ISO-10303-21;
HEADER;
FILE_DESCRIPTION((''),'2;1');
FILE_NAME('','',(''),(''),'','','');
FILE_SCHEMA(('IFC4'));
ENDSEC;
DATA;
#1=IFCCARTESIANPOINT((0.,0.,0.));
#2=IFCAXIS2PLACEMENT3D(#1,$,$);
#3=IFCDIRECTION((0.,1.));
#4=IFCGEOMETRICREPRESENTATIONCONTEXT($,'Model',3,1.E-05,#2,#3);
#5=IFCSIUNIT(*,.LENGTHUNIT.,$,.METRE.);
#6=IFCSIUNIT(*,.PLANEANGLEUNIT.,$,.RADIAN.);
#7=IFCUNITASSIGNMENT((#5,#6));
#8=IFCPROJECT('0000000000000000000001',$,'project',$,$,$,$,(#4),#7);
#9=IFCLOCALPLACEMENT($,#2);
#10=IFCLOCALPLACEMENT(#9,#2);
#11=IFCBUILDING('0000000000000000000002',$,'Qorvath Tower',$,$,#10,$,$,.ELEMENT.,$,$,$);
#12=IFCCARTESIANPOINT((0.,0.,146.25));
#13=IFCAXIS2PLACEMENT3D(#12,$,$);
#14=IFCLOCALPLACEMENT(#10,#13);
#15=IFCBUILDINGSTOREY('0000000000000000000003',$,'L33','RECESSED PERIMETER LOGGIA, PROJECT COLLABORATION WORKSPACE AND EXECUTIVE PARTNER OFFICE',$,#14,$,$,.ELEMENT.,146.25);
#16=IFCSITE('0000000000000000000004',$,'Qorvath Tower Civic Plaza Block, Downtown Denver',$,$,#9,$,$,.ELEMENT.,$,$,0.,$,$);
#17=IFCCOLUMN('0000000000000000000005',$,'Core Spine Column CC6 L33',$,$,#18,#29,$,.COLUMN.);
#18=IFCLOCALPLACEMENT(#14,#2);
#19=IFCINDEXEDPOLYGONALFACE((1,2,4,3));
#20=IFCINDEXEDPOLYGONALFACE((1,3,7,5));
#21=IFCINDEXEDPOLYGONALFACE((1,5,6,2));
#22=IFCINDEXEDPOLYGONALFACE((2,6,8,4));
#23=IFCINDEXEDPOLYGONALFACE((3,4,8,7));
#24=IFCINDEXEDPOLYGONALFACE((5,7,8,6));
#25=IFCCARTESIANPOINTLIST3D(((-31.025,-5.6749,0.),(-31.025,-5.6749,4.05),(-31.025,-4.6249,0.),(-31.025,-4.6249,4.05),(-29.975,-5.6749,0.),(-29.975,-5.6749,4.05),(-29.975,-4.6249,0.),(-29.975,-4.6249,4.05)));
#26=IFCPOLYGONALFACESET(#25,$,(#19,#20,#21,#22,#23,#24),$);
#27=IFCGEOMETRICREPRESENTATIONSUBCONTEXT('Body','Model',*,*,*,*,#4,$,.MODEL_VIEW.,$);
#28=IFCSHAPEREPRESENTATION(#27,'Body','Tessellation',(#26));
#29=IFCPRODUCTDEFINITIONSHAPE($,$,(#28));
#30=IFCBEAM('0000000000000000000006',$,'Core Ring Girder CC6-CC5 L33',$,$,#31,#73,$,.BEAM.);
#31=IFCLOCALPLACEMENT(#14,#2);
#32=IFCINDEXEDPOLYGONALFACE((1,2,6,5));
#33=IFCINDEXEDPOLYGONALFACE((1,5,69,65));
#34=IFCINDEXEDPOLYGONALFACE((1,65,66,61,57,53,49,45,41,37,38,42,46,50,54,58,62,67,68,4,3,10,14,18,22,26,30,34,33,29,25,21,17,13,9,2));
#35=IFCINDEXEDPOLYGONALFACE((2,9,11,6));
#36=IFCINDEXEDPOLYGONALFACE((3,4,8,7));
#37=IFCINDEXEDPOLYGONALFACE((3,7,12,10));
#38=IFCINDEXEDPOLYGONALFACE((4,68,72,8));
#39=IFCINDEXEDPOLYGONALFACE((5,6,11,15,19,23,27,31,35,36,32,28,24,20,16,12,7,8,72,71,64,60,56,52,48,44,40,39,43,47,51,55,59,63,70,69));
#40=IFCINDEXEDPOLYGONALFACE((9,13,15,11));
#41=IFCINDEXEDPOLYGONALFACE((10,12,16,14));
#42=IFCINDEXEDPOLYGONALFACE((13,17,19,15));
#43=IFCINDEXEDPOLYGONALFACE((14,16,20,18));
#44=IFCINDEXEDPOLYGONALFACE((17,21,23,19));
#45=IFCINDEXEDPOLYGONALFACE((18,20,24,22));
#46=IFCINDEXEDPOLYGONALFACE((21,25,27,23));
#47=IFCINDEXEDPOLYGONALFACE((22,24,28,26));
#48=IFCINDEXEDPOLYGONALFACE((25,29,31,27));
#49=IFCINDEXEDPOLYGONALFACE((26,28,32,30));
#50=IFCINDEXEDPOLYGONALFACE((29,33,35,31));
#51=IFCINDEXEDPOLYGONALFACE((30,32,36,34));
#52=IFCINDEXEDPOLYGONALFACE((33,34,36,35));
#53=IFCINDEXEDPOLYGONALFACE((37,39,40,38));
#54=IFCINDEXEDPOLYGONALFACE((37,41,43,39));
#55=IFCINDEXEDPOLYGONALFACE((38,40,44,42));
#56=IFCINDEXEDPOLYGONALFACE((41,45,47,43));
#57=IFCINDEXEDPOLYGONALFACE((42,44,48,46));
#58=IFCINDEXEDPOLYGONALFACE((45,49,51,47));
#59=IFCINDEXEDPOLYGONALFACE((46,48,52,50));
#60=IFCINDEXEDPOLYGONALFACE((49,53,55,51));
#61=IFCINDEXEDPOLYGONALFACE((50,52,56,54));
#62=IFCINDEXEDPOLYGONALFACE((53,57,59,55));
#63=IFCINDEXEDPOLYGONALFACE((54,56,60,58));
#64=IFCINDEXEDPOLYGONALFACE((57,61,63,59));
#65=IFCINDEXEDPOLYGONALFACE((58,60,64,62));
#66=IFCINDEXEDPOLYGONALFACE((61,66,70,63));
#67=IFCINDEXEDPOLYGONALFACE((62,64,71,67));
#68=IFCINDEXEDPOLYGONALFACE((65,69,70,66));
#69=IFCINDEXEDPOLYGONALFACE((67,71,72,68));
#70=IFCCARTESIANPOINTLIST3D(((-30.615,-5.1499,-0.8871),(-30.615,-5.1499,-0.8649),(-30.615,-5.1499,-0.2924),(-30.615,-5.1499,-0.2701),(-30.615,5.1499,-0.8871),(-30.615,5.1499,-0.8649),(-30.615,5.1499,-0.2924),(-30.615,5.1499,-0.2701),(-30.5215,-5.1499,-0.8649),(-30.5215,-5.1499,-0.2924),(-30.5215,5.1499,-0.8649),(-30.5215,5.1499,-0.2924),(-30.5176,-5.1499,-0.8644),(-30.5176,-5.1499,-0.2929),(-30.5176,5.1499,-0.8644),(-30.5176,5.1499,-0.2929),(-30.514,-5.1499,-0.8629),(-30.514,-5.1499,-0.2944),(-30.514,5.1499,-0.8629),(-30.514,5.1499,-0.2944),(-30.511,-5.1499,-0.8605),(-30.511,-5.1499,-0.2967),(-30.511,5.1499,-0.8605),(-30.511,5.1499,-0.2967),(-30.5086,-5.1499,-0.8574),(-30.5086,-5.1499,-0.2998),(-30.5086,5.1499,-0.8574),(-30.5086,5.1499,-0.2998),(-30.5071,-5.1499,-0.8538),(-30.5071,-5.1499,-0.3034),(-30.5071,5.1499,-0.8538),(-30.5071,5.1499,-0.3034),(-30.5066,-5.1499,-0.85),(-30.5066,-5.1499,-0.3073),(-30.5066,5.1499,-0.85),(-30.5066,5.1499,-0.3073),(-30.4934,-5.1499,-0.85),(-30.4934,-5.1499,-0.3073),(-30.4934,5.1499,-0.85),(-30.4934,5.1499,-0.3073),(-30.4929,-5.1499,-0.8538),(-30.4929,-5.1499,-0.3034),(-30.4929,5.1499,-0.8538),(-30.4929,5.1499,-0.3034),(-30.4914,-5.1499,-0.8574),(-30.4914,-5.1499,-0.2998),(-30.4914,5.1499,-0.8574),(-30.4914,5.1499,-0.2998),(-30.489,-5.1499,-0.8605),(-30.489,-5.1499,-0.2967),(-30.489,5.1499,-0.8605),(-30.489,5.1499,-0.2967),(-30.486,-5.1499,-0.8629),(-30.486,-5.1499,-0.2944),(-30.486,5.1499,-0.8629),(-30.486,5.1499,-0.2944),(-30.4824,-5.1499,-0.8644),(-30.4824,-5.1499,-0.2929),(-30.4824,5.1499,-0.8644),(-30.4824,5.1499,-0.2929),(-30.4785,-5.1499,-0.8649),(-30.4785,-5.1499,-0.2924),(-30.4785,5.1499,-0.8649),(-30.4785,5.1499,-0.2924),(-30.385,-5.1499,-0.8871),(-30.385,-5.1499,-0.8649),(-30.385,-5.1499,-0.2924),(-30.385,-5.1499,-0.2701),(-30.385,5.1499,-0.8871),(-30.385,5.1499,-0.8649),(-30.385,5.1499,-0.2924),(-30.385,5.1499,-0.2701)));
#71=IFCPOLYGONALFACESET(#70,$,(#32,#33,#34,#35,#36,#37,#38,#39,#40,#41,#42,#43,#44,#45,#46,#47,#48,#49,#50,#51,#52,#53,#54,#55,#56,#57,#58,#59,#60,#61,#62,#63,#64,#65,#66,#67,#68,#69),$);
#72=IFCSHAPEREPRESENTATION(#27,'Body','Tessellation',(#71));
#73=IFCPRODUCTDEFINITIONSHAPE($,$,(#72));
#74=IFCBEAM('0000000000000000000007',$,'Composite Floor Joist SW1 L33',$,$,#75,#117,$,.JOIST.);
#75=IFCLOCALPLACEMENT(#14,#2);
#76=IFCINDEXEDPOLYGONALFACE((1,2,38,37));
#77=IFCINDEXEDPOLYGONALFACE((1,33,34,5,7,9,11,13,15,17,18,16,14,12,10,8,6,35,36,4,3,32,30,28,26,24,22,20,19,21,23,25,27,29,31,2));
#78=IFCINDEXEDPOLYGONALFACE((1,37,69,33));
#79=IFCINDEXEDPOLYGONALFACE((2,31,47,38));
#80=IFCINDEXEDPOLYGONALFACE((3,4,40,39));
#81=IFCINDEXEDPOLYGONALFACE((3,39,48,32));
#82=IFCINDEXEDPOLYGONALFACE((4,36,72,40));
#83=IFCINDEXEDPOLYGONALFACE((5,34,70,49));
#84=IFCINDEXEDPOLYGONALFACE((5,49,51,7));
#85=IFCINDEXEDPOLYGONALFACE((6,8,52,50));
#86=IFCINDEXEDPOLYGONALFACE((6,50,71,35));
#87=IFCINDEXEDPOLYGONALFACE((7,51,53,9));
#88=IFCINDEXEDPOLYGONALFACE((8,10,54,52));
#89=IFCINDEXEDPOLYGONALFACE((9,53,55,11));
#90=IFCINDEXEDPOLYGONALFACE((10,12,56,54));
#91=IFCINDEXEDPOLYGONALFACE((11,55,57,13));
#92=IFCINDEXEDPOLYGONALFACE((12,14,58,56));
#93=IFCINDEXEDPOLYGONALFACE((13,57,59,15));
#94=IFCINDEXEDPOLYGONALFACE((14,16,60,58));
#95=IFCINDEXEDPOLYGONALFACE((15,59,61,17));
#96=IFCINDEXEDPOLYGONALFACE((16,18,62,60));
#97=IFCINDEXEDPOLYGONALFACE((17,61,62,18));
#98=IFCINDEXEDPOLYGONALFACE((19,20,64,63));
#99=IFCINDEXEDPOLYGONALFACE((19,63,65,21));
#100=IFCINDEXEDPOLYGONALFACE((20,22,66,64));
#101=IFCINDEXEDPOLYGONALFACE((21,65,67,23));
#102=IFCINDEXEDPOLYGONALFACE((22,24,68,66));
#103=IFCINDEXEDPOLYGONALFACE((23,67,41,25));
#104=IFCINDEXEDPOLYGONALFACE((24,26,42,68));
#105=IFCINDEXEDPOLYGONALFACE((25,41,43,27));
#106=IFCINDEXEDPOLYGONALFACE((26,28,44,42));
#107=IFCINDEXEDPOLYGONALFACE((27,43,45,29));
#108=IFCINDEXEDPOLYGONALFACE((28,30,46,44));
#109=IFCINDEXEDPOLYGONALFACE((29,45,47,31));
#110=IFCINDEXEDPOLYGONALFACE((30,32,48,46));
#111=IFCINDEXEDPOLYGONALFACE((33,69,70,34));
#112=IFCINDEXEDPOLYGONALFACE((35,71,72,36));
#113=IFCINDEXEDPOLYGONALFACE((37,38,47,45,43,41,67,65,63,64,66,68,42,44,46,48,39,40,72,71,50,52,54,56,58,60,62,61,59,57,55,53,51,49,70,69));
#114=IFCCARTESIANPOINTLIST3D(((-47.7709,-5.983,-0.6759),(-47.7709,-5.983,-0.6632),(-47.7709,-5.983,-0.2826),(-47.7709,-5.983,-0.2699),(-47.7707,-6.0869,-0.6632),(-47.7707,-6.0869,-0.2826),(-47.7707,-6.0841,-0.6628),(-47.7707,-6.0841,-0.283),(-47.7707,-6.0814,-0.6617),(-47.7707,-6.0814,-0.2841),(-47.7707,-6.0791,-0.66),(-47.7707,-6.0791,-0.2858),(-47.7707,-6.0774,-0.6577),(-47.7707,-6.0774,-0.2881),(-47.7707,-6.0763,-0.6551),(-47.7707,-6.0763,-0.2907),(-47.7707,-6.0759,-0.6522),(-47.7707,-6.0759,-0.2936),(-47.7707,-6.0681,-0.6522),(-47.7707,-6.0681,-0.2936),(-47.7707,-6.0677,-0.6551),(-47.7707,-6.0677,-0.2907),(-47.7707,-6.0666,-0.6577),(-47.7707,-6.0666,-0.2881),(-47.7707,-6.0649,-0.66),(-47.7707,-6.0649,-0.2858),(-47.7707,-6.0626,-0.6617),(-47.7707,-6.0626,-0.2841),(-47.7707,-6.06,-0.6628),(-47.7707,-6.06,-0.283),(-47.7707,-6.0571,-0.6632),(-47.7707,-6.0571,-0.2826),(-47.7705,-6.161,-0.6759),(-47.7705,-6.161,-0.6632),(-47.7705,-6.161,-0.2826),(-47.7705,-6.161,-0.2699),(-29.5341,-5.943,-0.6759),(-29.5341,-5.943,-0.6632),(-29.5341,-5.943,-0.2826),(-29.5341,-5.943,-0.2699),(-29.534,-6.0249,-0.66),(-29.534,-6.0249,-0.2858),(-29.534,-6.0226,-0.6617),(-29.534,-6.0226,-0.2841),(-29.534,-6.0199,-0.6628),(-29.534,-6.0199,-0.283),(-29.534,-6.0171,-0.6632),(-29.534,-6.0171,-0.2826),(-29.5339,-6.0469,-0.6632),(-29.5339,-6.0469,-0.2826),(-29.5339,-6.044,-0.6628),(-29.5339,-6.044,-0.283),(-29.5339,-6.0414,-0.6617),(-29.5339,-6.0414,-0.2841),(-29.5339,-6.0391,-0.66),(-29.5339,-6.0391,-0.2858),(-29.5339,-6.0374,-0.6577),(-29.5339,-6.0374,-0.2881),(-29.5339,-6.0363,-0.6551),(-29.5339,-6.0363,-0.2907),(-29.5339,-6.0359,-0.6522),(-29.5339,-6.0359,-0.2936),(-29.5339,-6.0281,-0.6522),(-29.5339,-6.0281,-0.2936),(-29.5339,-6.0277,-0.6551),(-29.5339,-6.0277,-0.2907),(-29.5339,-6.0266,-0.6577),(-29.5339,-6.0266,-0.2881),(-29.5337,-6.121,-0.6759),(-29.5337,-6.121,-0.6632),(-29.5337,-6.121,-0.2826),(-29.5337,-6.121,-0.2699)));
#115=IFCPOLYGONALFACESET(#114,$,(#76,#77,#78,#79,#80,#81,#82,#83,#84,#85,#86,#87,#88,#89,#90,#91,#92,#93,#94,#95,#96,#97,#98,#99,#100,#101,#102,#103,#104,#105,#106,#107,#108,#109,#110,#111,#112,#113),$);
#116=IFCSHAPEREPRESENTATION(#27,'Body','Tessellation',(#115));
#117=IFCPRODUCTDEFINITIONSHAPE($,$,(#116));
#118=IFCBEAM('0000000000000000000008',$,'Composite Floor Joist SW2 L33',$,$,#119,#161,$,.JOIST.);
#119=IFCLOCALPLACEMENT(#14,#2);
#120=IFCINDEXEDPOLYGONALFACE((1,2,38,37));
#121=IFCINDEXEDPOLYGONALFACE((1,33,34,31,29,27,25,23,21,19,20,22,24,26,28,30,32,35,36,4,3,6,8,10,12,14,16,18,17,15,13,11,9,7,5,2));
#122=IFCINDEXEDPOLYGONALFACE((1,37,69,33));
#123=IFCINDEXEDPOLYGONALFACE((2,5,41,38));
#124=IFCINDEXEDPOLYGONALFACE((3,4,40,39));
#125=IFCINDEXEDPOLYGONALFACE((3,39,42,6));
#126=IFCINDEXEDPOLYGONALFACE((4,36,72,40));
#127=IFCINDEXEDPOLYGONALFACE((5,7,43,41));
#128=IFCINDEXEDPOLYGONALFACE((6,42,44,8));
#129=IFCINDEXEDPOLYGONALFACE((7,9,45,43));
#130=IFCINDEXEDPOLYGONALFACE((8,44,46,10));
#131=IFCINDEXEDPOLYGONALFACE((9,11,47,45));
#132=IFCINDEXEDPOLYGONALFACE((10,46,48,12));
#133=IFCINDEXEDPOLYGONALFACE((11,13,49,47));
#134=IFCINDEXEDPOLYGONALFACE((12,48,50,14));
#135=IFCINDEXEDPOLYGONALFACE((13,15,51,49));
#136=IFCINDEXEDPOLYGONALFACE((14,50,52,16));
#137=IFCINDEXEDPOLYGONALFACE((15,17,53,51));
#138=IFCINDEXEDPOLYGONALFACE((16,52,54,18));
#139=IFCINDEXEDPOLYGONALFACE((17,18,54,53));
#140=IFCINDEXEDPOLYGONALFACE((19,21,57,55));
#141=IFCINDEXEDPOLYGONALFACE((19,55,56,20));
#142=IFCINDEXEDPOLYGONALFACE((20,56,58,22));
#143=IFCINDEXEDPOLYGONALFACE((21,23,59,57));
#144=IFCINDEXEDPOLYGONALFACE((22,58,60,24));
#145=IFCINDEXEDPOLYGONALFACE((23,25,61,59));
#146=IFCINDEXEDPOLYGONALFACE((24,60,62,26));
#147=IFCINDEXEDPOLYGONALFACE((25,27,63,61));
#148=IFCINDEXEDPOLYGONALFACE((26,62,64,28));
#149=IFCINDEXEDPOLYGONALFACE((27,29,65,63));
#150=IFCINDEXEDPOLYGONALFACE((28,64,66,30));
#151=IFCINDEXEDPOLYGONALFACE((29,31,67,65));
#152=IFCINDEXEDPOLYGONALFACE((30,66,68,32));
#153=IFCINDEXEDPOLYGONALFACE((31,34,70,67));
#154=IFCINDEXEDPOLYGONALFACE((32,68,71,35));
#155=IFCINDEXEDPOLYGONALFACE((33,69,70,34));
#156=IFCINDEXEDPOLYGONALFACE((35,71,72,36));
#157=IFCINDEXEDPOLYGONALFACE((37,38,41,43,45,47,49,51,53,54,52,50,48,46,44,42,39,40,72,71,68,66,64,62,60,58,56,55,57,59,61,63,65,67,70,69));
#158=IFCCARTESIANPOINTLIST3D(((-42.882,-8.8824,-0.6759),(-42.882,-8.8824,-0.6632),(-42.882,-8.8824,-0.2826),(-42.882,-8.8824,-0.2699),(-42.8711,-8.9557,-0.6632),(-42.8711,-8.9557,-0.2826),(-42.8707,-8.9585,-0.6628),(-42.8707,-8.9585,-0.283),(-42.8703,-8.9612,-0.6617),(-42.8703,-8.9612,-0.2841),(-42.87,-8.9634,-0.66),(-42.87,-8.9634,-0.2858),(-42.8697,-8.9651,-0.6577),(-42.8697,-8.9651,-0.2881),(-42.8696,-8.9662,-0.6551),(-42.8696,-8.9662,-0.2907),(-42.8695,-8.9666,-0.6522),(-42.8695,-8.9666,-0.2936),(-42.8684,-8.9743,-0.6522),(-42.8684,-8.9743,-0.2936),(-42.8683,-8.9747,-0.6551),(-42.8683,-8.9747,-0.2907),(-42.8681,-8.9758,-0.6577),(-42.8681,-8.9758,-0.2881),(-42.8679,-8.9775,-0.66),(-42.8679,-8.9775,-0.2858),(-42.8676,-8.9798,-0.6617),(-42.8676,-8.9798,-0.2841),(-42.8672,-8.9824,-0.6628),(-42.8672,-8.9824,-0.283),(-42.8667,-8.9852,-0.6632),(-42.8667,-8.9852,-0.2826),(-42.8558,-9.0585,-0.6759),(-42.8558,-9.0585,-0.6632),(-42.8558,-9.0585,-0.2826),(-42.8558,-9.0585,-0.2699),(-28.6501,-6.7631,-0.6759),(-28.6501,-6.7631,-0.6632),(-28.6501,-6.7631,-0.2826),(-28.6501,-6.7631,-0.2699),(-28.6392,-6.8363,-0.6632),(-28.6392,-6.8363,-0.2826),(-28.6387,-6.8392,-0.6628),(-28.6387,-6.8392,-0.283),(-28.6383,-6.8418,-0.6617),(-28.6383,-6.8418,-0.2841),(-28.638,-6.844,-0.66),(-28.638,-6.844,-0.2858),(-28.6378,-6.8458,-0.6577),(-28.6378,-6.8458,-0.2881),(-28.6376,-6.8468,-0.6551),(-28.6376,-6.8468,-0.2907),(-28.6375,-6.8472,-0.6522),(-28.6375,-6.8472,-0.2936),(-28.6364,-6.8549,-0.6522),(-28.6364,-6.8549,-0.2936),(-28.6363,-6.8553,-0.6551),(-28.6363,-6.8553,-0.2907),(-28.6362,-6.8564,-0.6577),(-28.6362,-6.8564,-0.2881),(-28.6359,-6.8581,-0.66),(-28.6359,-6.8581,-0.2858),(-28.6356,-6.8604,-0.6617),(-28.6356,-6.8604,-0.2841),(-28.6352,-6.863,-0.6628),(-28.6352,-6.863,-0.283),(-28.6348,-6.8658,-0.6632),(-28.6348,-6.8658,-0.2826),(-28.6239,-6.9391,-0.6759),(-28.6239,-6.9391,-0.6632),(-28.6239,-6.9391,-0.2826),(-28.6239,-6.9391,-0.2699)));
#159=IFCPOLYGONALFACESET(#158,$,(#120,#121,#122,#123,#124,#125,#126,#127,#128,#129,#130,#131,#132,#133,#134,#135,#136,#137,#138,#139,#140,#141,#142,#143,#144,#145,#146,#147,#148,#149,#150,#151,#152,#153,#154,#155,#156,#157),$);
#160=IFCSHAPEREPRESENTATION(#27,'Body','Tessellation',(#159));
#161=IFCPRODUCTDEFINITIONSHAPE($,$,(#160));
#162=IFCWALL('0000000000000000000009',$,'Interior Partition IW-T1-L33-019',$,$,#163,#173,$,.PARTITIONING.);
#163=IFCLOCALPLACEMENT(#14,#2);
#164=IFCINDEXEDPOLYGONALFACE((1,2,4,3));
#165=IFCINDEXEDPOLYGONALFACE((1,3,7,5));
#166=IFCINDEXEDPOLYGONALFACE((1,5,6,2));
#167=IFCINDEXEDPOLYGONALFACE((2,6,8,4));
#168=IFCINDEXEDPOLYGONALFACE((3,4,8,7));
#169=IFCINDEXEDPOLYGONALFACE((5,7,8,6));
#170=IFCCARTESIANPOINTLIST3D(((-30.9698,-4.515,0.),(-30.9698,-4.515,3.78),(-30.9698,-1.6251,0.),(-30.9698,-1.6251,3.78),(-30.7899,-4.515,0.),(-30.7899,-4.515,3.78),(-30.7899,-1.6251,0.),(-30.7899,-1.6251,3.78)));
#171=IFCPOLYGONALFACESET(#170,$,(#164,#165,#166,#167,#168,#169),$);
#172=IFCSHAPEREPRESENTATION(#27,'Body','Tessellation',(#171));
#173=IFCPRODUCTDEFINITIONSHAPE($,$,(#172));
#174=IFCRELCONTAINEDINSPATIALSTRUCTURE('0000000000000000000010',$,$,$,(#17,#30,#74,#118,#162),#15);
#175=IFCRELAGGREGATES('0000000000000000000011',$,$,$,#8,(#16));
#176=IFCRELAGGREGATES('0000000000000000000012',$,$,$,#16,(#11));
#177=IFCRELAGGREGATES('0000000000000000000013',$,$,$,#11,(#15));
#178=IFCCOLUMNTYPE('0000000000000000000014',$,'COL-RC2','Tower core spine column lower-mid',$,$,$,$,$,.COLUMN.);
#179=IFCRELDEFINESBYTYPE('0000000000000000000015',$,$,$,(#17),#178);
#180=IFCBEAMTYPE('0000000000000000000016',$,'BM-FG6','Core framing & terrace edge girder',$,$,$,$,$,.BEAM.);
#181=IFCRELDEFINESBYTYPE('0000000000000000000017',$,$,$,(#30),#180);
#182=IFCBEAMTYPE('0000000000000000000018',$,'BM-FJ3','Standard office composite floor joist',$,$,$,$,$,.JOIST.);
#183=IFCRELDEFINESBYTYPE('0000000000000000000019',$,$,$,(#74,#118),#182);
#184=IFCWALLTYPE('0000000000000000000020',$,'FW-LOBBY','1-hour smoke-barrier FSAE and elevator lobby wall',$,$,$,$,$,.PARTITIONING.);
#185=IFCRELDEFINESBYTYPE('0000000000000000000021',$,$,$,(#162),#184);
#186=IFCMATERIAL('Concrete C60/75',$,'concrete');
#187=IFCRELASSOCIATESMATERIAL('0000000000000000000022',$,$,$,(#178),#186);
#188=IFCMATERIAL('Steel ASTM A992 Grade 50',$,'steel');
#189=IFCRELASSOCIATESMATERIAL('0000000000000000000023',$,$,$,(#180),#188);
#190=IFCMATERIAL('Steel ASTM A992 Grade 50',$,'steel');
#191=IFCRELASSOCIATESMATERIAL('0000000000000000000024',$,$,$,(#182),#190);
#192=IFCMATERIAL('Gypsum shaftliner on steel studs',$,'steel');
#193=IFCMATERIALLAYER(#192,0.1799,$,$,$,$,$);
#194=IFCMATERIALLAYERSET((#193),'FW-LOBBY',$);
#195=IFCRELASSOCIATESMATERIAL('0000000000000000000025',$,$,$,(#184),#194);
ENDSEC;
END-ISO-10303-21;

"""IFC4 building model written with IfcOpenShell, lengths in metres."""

from ifc_helpers import new_model, si_unit, direction, frame, frame_2d, origin, origin_2d, place, context, subcontext, project, spatial, rectangle, i_section, extrude, material, layer, layer_set, material_profile, profile_set, type_object, element, save


model = new_model("IFC4")

# Units and contexts
model_context = context("Model", 3, precision=1e-05, world=origin(), true_north=direction((0.0, 1.0)))
body_context = subcontext(model_context, "Body", "Model", "MODEL_VIEW")
ifc_project = project(units=[si_unit("LENGTHUNIT", "METRE"), si_unit("PLANEANGLEUNIT", "RADIAN")], contexts=[model_context])

# Site, building, storey
site_placement = place(None, origin())
site = spatial("IfcSite", under=ifc_project, at=site_placement, Name="Qorvath Tower Civic Plaza Block, Downtown Denver", CompositionType="ELEMENT", RefElevation=0.0)
building_placement = place(site_placement, origin())
building = spatial("IfcBuilding", under=site, at=building_placement, Name="Qorvath Tower", CompositionType="ELEMENT")
storey_placement = place(building_placement, frame((0.0, 0.0, 146.25)))
storey = spatial("IfcBuildingStorey", under=building, at=storey_placement, Name="L33", Description="RECESSED PERIMETER LOGGIA, PROJECT COLLABORATION WORKSPACE AND EXECUTIVE PARTNER OFFICE", CompositionType="ELEMENT", Elevation=146.25)

# Column
ifc_material_1 = material(Name="Concrete C60/75", Category="concrete")
ifc_material_profile_1 = material_profile(ifc_material_1, rectangle(XDim=1.05, YDim=1.05, at=origin_2d()), Name="RC 1050x1050")
ifc_profile_set_1 = profile_set([ifc_material_profile_1], Name="Concrete C60/75")
column_type = type_object("IfcColumnType", Name="COL-RC2", Description="Tower core spine column lower-mid", PredefinedType="COLUMN", material=ifc_profile_set_1)
column_placement = place(storey_placement, frame((-30.5, -5.1499, 0.0), z_axis=(0.0, 0.0, 1.0), x_axis=(1.0, 0.0, 0.0)))
element("IfcColumn", 1, at=column_placement, inside=storey, type_object=column_type, Name="Core Spine Column CC6 L33", PredefinedType="COLUMN", context=body_context, shape_type="SweptSolid", body=[
    extrude(rectangle(XDim=1.05, YDim=1.05, at=origin_2d()), origin(), (0.0, 0.0, 1.0), 4.05),
])

# Beams
ifc_material_2 = material(Name="Steel ASTM A992 Grade 50", Category="steel")
ifc_material_profile_2 = material_profile(ifc_material_2, i_section(OverallWidth=0.23, OverallDepth=0.6169, WebThickness=0.0132, FlangeThickness=0.0222, FilletRadius=0.0149, at=origin_2d()), Name="W24x94")
ifc_profile_set_2 = profile_set([ifc_material_profile_2], Name="Steel ASTM A992 Grade 50")
beam_type_1 = type_object("IfcBeamType", Name="BM-FG6", Description="Core framing & terrace edge girder", PredefinedType="BEAM", material=ifc_profile_set_2)
beam_1_placement = place(storey_placement, frame((-30.5, -5.1499, -0.5786), z_axis=(0.0, 1.0, 0.0), x_axis=(-1.0, 0.0, 0.0)))
element("IfcBeam", 2, at=beam_1_placement, inside=storey, type_object=beam_type_1, Name="Core Ring Girder CC6-CC5 L33", PredefinedType="BEAM", context=body_context, shape_type="SweptSolid", body=[
    extrude(i_section(OverallWidth=0.23, OverallDepth=0.6169, WebThickness=0.0132, FlangeThickness=0.0222, FilletRadius=0.0149, at=origin_2d()), origin(), (0.0, 0.0, 1.0), 10.2998),
])
ifc_material_3 = material(Name="Steel ASTM A992 Grade 50", Category="steel")
ifc_material_profile_3 = material_profile(ifc_material_3, i_section(OverallWidth=0.178, OverallDepth=0.406, WebThickness=0.0078, FlangeThickness=0.0127, FilletRadius=0.011, at=origin_2d()), Name="W16x40")
ifc_profile_set_3 = profile_set([ifc_material_profile_3], Name="Steel ASTM A992 Grade 50")
beam_type_2 = type_object("IfcBeamType", Name="BM-FJ3", Description="Standard office composite floor joist", PredefinedType="JOIST", material=ifc_profile_set_3)
beam_2_placement = place(storey_placement, frame((-29.5339, -6.032, -0.4729), z_axis=(-0.999998, -0.002196, 0.0), x_axis=(0.002196, -0.999998, 0.0)))
element("IfcBeam", 3, at=beam_2_placement, inside=storey, type_object=beam_type_2, Name="Composite Floor Joist SW1 L33", PredefinedType="JOIST", context=body_context, shape_type="SweptSolid", body=[
    extrude(i_section(OverallWidth=0.178, OverallDepth=0.406, WebThickness=0.0078, FlangeThickness=0.0127, FilletRadius=0.011, at=origin_2d()), origin(), (0.0, 0.0, 1.0), 18.2368),
])
beam_3_placement = place(storey_placement, frame((-28.637, -6.8511, -0.4729), z_axis=(-0.989093, -0.147293, 0.0), x_axis=(0.147293, -0.989093, 0.0)))
element("IfcBeam", 4, at=beam_3_placement, inside=storey, type_object=beam_type_2, Name="Composite Floor Joist SW2 L33", PredefinedType="JOIST", context=body_context, shape_type="SweptSolid", body=[
    extrude(i_section(OverallWidth=0.178, OverallDepth=0.406, WebThickness=0.0078, FlangeThickness=0.0127, FilletRadius=0.011, at=origin_2d()), origin(), (0.0, 0.0, 1.0), 14.3889),
])

# Shared definitions
ifc_material_4 = material(Name="Gypsum shaftliner on steel studs", Category="steel")
ifc_layer_1 = layer(ifc_material_4, 0.1799)
ifc_layer_set_1 = layer_set([ifc_layer_1], Name="FW-LOBBY")
wall_type_1 = type_object("IfcWallType", Name="FW-LOBBY", Description="1-hour smoke-barrier FSAE and elevator lobby wall", PredefinedType="PARTITIONING", material=ifc_layer_set_1)

# Wall
wall_1_placement = place(storey_placement, frame((-30.8799, -4.5149, 0.0), z_axis=(0.0, 0.0, 1.0), x_axis=(0.0, 1.0, 0.0)))
element("IfcWall", 5, at=wall_1_placement, inside=storey, type_object=wall_type_1, Name="Interior Partition IW-T1-L33-019", PredefinedType="PARTITIONING", context=body_context, shape_type="SweptSolid", body=[
    extrude(rectangle(XDim=2.8899, YDim=0.1799, at=frame_2d((1.4448, 0.0))), origin(), (0.0, 0.0, 1.0), 3.78),
])

save(model, "model.ifc")
